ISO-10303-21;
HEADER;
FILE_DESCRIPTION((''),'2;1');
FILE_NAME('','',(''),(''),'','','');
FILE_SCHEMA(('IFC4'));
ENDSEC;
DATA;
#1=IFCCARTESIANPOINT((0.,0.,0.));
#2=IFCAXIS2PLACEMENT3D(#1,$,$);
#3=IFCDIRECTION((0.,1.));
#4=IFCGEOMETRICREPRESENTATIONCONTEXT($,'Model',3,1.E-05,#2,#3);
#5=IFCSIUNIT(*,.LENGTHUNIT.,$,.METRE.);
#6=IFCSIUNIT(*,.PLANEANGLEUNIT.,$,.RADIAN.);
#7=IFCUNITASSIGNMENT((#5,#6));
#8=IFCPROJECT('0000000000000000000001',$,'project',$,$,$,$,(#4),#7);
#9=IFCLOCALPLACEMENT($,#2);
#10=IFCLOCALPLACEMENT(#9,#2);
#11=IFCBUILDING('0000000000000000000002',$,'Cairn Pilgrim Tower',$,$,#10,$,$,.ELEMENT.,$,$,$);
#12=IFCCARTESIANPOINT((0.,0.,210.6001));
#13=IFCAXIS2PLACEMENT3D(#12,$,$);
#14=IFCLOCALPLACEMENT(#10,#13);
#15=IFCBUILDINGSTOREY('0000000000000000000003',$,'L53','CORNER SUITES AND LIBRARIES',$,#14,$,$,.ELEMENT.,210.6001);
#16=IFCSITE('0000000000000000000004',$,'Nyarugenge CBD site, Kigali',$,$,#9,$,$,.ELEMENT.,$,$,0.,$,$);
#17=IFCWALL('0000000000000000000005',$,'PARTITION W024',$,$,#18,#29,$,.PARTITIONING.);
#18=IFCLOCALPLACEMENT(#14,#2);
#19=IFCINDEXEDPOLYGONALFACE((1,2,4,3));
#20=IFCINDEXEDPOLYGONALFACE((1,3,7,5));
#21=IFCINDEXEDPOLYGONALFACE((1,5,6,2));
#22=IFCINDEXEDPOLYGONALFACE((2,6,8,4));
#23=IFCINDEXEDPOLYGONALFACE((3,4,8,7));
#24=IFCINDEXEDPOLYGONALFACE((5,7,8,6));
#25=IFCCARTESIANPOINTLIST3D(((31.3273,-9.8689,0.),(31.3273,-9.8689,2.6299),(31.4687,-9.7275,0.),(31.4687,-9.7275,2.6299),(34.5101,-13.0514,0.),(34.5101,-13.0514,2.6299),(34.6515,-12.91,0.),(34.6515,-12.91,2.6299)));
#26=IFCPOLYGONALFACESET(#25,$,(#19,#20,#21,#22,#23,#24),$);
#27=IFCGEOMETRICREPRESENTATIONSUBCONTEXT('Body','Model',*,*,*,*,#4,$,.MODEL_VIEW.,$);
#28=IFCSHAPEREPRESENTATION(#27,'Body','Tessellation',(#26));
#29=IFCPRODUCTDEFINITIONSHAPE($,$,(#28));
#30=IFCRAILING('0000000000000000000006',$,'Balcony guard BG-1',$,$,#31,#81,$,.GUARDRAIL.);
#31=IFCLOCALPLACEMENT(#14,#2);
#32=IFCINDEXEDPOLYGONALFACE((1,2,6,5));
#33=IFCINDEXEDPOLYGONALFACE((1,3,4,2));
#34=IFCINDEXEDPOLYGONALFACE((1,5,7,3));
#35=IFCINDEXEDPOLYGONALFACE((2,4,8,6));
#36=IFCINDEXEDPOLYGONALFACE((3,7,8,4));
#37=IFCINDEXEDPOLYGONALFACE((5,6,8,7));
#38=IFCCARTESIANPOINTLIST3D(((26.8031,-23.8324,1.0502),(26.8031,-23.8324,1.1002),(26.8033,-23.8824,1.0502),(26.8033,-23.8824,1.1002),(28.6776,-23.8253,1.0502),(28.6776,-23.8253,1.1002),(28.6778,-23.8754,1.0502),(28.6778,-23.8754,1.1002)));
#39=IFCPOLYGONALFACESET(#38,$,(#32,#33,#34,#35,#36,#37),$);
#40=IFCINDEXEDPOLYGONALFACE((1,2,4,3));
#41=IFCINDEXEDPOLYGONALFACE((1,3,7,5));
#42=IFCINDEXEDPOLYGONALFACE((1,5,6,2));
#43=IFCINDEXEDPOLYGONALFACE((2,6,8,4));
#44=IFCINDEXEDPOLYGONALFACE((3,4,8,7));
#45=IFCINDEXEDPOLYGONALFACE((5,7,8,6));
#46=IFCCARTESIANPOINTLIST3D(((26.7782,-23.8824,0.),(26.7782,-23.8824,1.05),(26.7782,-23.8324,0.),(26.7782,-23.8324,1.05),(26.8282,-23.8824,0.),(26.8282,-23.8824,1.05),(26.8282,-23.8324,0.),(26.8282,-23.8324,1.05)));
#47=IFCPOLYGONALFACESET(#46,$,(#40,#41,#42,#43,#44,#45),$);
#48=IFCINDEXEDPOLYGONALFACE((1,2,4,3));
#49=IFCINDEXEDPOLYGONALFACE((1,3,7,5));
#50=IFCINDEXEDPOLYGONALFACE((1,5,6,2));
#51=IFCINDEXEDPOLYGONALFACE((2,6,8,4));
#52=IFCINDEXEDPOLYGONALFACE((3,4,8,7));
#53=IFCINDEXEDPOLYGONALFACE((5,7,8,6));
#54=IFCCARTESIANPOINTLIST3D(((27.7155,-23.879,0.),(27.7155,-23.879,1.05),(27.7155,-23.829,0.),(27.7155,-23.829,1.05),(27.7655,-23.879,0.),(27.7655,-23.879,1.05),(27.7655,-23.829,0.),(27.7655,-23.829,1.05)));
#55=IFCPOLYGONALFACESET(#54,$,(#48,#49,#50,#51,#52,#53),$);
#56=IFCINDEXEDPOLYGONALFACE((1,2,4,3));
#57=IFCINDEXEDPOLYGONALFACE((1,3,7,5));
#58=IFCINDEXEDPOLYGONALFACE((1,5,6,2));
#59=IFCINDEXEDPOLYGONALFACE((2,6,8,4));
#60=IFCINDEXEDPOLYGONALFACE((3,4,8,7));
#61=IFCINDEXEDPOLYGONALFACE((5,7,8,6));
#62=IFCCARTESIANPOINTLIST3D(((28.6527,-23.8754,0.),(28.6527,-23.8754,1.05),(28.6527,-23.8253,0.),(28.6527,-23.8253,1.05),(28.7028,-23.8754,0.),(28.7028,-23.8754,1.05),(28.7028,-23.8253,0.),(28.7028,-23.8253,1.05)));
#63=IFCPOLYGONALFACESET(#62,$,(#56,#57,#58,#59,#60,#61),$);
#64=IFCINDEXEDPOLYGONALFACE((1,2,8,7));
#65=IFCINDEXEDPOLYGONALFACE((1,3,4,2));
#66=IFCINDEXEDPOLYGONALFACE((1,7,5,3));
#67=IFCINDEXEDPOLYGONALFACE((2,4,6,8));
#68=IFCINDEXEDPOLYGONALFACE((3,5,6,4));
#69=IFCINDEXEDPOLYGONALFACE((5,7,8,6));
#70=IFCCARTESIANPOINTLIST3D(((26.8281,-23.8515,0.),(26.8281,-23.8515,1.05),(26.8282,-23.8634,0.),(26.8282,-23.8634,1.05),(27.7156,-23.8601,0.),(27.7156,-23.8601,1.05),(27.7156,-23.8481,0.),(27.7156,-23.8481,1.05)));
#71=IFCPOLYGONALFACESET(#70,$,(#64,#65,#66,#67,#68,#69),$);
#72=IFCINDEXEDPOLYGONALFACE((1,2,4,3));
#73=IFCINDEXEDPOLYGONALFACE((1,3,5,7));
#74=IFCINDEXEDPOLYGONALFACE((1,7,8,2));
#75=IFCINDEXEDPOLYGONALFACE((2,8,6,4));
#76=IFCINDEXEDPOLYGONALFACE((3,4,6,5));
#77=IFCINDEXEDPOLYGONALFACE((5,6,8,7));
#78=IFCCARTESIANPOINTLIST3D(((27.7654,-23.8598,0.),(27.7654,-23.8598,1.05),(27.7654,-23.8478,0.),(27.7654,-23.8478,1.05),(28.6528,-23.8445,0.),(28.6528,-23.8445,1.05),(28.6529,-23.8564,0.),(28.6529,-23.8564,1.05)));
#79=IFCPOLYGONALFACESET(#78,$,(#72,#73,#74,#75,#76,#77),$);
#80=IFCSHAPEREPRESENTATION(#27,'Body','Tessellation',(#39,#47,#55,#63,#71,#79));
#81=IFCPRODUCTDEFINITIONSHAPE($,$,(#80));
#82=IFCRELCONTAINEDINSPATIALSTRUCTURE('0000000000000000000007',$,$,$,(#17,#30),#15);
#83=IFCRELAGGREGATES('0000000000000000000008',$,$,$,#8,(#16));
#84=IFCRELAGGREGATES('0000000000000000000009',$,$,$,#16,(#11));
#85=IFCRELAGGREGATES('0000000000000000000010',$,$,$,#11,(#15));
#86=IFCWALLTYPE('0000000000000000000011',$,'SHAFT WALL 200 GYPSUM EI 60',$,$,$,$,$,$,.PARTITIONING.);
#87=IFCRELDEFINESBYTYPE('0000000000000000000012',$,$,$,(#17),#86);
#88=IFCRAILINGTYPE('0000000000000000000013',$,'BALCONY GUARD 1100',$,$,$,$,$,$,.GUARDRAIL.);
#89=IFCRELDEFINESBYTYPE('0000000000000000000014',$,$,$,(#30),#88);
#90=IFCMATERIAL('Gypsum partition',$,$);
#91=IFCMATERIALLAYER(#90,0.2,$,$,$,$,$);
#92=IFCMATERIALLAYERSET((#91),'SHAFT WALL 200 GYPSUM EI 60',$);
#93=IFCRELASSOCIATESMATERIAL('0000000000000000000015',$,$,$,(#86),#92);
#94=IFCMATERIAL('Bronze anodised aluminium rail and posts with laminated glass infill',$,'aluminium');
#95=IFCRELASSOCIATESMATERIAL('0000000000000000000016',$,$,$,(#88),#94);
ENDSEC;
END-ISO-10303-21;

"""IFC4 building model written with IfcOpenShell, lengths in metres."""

from ifc_helpers import new_model, si_unit, direction, frame, frame_2d, origin, origin_2d, place, context, subcontext, project, spatial, polyline, rectangle, outline, extrude, material, layer, layer_set, type_object, element, save


model = new_model("IFC4")

# Units and contexts
model_context = context("Model", 3, precision=1e-05, world=origin(), true_north=direction((0.0, 1.0)))
body_context = subcontext(model_context, "Body", "Model", "MODEL_VIEW")
ifc_project = project(units=[si_unit("LENGTHUNIT", "METRE"), si_unit("PLANEANGLEUNIT", "RADIAN")], contexts=[model_context])

# Site, building, storey
site_placement = place(None, origin())
site = spatial("IfcSite", under=ifc_project, at=site_placement, Name="Nyarugenge CBD site, Kigali", CompositionType="ELEMENT", RefElevation=0.0)
building_placement = place(site_placement, origin())
building = spatial("IfcBuilding", under=site, at=building_placement, Name="Cairn Pilgrim Tower", CompositionType="ELEMENT")
storey_placement = place(building_placement, frame((0.0, 0.0, 210.6001)))
storey = spatial("IfcBuildingStorey", under=building, at=storey_placement, Name="L53", Description="CORNER SUITES AND LIBRARIES", CompositionType="ELEMENT", Elevation=210.6001)

# Wall
ifc_material_1 = material(Name="Gypsum partition")
ifc_layer_1 = layer(ifc_material_1, 0.2)
ifc_layer_set_1 = layer_set([ifc_layer_1], Name="SHAFT WALL 200 GYPSUM EI 60")
wall_type_1 = type_object("IfcWallType", Name="SHAFT WALL 200 GYPSUM EI 60", PredefinedType="PARTITIONING", material=ifc_layer_set_1)
wall_1_placement = place(storey_placement, frame((34.5808, -12.9807, 0.0), z_axis=(0.0, 0.0, 1.0), x_axis=(-0.707134, 0.70708, 0.0)))
element("IfcWall", 1, at=wall_1_placement, inside=storey, type_object=wall_type_1, Name="PARTITION W024", PredefinedType="PARTITIONING", context=body_context, shape_type="SweptSolid", body=[
    extrude(rectangle(XDim=4.501, YDim=0.2, at=frame_2d((2.2505, 0.0))), origin(), (0.0, 0.0, 1.0), 2.6299),
])

# Railing
ifc_material_2 = material(Name="Bronze anodised aluminium rail and posts with laminated glass infill", Category="aluminium")
railing_type = type_object("IfcRailingType", Name="BALCONY GUARD 1100", PredefinedType="GUARDRAIL", material=ifc_material_2)
railing_1_placement = place(storey_placement, frame((26.8032, -23.8574, 0.0)))
element("IfcRailing", 2, at=railing_1_placement, inside=storey, type_object=railing_type, Name="Balcony guard BG-1", PredefinedType="GUARDRAIL", context=body_context, shape_type="SweptSolid", body=[
    extrude(rectangle(XDim=0.05, YDim=0.05, at=origin_2d()), frame((0.0, 0.0, 1.0752), z_axis=(0.999993, 0.003777, 0.0), x_axis=(-0.003777, 0.999993, 0.0)), (0.0, 0.0, 1.0), 1.8745),
    extrude(rectangle(XDim=0.05, YDim=0.05, at=origin_2d()), origin(), (0.0, 0.0, 1.0), 1.05),
    extrude(rectangle(XDim=0.05, YDim=0.05, at=origin_2d()), frame((0.9373, 0.0034, 0.0)), (0.0, 0.0, 1.0), 1.05),
    extrude(rectangle(XDim=0.05, YDim=0.05, at=origin_2d()), frame((1.8745, 0.0071, 0.0)), (0.0, 0.0, 1.0), 1.05),
    extrude(outline(polyline([(0.0249, 0.0), (0.9124, 0.0), (0.9124, 1.05), (0.0249, 1.05), (0.0249, 0.0)])), frame((0.0, 0.0059, 0.0), z_axis=(0.003777, -0.999993, 0.0), x_axis=(0.999993, 0.003777, 0.0)), (0.0, 0.0, 1.0), 0.012),
    extrude(outline(polyline([(0.0249, 0.0), (0.9124, 0.0), (0.9124, 1.05), (0.0249, 1.05), (0.0249, 0.0)])), frame((0.9373, 0.0095, 0.0), z_axis=(0.003777, -0.999993, 0.0), x_axis=(0.999993, 0.003777, 0.0)), (0.0, 0.0, 1.0), 0.012),
])

save(model, "model.ifc")
